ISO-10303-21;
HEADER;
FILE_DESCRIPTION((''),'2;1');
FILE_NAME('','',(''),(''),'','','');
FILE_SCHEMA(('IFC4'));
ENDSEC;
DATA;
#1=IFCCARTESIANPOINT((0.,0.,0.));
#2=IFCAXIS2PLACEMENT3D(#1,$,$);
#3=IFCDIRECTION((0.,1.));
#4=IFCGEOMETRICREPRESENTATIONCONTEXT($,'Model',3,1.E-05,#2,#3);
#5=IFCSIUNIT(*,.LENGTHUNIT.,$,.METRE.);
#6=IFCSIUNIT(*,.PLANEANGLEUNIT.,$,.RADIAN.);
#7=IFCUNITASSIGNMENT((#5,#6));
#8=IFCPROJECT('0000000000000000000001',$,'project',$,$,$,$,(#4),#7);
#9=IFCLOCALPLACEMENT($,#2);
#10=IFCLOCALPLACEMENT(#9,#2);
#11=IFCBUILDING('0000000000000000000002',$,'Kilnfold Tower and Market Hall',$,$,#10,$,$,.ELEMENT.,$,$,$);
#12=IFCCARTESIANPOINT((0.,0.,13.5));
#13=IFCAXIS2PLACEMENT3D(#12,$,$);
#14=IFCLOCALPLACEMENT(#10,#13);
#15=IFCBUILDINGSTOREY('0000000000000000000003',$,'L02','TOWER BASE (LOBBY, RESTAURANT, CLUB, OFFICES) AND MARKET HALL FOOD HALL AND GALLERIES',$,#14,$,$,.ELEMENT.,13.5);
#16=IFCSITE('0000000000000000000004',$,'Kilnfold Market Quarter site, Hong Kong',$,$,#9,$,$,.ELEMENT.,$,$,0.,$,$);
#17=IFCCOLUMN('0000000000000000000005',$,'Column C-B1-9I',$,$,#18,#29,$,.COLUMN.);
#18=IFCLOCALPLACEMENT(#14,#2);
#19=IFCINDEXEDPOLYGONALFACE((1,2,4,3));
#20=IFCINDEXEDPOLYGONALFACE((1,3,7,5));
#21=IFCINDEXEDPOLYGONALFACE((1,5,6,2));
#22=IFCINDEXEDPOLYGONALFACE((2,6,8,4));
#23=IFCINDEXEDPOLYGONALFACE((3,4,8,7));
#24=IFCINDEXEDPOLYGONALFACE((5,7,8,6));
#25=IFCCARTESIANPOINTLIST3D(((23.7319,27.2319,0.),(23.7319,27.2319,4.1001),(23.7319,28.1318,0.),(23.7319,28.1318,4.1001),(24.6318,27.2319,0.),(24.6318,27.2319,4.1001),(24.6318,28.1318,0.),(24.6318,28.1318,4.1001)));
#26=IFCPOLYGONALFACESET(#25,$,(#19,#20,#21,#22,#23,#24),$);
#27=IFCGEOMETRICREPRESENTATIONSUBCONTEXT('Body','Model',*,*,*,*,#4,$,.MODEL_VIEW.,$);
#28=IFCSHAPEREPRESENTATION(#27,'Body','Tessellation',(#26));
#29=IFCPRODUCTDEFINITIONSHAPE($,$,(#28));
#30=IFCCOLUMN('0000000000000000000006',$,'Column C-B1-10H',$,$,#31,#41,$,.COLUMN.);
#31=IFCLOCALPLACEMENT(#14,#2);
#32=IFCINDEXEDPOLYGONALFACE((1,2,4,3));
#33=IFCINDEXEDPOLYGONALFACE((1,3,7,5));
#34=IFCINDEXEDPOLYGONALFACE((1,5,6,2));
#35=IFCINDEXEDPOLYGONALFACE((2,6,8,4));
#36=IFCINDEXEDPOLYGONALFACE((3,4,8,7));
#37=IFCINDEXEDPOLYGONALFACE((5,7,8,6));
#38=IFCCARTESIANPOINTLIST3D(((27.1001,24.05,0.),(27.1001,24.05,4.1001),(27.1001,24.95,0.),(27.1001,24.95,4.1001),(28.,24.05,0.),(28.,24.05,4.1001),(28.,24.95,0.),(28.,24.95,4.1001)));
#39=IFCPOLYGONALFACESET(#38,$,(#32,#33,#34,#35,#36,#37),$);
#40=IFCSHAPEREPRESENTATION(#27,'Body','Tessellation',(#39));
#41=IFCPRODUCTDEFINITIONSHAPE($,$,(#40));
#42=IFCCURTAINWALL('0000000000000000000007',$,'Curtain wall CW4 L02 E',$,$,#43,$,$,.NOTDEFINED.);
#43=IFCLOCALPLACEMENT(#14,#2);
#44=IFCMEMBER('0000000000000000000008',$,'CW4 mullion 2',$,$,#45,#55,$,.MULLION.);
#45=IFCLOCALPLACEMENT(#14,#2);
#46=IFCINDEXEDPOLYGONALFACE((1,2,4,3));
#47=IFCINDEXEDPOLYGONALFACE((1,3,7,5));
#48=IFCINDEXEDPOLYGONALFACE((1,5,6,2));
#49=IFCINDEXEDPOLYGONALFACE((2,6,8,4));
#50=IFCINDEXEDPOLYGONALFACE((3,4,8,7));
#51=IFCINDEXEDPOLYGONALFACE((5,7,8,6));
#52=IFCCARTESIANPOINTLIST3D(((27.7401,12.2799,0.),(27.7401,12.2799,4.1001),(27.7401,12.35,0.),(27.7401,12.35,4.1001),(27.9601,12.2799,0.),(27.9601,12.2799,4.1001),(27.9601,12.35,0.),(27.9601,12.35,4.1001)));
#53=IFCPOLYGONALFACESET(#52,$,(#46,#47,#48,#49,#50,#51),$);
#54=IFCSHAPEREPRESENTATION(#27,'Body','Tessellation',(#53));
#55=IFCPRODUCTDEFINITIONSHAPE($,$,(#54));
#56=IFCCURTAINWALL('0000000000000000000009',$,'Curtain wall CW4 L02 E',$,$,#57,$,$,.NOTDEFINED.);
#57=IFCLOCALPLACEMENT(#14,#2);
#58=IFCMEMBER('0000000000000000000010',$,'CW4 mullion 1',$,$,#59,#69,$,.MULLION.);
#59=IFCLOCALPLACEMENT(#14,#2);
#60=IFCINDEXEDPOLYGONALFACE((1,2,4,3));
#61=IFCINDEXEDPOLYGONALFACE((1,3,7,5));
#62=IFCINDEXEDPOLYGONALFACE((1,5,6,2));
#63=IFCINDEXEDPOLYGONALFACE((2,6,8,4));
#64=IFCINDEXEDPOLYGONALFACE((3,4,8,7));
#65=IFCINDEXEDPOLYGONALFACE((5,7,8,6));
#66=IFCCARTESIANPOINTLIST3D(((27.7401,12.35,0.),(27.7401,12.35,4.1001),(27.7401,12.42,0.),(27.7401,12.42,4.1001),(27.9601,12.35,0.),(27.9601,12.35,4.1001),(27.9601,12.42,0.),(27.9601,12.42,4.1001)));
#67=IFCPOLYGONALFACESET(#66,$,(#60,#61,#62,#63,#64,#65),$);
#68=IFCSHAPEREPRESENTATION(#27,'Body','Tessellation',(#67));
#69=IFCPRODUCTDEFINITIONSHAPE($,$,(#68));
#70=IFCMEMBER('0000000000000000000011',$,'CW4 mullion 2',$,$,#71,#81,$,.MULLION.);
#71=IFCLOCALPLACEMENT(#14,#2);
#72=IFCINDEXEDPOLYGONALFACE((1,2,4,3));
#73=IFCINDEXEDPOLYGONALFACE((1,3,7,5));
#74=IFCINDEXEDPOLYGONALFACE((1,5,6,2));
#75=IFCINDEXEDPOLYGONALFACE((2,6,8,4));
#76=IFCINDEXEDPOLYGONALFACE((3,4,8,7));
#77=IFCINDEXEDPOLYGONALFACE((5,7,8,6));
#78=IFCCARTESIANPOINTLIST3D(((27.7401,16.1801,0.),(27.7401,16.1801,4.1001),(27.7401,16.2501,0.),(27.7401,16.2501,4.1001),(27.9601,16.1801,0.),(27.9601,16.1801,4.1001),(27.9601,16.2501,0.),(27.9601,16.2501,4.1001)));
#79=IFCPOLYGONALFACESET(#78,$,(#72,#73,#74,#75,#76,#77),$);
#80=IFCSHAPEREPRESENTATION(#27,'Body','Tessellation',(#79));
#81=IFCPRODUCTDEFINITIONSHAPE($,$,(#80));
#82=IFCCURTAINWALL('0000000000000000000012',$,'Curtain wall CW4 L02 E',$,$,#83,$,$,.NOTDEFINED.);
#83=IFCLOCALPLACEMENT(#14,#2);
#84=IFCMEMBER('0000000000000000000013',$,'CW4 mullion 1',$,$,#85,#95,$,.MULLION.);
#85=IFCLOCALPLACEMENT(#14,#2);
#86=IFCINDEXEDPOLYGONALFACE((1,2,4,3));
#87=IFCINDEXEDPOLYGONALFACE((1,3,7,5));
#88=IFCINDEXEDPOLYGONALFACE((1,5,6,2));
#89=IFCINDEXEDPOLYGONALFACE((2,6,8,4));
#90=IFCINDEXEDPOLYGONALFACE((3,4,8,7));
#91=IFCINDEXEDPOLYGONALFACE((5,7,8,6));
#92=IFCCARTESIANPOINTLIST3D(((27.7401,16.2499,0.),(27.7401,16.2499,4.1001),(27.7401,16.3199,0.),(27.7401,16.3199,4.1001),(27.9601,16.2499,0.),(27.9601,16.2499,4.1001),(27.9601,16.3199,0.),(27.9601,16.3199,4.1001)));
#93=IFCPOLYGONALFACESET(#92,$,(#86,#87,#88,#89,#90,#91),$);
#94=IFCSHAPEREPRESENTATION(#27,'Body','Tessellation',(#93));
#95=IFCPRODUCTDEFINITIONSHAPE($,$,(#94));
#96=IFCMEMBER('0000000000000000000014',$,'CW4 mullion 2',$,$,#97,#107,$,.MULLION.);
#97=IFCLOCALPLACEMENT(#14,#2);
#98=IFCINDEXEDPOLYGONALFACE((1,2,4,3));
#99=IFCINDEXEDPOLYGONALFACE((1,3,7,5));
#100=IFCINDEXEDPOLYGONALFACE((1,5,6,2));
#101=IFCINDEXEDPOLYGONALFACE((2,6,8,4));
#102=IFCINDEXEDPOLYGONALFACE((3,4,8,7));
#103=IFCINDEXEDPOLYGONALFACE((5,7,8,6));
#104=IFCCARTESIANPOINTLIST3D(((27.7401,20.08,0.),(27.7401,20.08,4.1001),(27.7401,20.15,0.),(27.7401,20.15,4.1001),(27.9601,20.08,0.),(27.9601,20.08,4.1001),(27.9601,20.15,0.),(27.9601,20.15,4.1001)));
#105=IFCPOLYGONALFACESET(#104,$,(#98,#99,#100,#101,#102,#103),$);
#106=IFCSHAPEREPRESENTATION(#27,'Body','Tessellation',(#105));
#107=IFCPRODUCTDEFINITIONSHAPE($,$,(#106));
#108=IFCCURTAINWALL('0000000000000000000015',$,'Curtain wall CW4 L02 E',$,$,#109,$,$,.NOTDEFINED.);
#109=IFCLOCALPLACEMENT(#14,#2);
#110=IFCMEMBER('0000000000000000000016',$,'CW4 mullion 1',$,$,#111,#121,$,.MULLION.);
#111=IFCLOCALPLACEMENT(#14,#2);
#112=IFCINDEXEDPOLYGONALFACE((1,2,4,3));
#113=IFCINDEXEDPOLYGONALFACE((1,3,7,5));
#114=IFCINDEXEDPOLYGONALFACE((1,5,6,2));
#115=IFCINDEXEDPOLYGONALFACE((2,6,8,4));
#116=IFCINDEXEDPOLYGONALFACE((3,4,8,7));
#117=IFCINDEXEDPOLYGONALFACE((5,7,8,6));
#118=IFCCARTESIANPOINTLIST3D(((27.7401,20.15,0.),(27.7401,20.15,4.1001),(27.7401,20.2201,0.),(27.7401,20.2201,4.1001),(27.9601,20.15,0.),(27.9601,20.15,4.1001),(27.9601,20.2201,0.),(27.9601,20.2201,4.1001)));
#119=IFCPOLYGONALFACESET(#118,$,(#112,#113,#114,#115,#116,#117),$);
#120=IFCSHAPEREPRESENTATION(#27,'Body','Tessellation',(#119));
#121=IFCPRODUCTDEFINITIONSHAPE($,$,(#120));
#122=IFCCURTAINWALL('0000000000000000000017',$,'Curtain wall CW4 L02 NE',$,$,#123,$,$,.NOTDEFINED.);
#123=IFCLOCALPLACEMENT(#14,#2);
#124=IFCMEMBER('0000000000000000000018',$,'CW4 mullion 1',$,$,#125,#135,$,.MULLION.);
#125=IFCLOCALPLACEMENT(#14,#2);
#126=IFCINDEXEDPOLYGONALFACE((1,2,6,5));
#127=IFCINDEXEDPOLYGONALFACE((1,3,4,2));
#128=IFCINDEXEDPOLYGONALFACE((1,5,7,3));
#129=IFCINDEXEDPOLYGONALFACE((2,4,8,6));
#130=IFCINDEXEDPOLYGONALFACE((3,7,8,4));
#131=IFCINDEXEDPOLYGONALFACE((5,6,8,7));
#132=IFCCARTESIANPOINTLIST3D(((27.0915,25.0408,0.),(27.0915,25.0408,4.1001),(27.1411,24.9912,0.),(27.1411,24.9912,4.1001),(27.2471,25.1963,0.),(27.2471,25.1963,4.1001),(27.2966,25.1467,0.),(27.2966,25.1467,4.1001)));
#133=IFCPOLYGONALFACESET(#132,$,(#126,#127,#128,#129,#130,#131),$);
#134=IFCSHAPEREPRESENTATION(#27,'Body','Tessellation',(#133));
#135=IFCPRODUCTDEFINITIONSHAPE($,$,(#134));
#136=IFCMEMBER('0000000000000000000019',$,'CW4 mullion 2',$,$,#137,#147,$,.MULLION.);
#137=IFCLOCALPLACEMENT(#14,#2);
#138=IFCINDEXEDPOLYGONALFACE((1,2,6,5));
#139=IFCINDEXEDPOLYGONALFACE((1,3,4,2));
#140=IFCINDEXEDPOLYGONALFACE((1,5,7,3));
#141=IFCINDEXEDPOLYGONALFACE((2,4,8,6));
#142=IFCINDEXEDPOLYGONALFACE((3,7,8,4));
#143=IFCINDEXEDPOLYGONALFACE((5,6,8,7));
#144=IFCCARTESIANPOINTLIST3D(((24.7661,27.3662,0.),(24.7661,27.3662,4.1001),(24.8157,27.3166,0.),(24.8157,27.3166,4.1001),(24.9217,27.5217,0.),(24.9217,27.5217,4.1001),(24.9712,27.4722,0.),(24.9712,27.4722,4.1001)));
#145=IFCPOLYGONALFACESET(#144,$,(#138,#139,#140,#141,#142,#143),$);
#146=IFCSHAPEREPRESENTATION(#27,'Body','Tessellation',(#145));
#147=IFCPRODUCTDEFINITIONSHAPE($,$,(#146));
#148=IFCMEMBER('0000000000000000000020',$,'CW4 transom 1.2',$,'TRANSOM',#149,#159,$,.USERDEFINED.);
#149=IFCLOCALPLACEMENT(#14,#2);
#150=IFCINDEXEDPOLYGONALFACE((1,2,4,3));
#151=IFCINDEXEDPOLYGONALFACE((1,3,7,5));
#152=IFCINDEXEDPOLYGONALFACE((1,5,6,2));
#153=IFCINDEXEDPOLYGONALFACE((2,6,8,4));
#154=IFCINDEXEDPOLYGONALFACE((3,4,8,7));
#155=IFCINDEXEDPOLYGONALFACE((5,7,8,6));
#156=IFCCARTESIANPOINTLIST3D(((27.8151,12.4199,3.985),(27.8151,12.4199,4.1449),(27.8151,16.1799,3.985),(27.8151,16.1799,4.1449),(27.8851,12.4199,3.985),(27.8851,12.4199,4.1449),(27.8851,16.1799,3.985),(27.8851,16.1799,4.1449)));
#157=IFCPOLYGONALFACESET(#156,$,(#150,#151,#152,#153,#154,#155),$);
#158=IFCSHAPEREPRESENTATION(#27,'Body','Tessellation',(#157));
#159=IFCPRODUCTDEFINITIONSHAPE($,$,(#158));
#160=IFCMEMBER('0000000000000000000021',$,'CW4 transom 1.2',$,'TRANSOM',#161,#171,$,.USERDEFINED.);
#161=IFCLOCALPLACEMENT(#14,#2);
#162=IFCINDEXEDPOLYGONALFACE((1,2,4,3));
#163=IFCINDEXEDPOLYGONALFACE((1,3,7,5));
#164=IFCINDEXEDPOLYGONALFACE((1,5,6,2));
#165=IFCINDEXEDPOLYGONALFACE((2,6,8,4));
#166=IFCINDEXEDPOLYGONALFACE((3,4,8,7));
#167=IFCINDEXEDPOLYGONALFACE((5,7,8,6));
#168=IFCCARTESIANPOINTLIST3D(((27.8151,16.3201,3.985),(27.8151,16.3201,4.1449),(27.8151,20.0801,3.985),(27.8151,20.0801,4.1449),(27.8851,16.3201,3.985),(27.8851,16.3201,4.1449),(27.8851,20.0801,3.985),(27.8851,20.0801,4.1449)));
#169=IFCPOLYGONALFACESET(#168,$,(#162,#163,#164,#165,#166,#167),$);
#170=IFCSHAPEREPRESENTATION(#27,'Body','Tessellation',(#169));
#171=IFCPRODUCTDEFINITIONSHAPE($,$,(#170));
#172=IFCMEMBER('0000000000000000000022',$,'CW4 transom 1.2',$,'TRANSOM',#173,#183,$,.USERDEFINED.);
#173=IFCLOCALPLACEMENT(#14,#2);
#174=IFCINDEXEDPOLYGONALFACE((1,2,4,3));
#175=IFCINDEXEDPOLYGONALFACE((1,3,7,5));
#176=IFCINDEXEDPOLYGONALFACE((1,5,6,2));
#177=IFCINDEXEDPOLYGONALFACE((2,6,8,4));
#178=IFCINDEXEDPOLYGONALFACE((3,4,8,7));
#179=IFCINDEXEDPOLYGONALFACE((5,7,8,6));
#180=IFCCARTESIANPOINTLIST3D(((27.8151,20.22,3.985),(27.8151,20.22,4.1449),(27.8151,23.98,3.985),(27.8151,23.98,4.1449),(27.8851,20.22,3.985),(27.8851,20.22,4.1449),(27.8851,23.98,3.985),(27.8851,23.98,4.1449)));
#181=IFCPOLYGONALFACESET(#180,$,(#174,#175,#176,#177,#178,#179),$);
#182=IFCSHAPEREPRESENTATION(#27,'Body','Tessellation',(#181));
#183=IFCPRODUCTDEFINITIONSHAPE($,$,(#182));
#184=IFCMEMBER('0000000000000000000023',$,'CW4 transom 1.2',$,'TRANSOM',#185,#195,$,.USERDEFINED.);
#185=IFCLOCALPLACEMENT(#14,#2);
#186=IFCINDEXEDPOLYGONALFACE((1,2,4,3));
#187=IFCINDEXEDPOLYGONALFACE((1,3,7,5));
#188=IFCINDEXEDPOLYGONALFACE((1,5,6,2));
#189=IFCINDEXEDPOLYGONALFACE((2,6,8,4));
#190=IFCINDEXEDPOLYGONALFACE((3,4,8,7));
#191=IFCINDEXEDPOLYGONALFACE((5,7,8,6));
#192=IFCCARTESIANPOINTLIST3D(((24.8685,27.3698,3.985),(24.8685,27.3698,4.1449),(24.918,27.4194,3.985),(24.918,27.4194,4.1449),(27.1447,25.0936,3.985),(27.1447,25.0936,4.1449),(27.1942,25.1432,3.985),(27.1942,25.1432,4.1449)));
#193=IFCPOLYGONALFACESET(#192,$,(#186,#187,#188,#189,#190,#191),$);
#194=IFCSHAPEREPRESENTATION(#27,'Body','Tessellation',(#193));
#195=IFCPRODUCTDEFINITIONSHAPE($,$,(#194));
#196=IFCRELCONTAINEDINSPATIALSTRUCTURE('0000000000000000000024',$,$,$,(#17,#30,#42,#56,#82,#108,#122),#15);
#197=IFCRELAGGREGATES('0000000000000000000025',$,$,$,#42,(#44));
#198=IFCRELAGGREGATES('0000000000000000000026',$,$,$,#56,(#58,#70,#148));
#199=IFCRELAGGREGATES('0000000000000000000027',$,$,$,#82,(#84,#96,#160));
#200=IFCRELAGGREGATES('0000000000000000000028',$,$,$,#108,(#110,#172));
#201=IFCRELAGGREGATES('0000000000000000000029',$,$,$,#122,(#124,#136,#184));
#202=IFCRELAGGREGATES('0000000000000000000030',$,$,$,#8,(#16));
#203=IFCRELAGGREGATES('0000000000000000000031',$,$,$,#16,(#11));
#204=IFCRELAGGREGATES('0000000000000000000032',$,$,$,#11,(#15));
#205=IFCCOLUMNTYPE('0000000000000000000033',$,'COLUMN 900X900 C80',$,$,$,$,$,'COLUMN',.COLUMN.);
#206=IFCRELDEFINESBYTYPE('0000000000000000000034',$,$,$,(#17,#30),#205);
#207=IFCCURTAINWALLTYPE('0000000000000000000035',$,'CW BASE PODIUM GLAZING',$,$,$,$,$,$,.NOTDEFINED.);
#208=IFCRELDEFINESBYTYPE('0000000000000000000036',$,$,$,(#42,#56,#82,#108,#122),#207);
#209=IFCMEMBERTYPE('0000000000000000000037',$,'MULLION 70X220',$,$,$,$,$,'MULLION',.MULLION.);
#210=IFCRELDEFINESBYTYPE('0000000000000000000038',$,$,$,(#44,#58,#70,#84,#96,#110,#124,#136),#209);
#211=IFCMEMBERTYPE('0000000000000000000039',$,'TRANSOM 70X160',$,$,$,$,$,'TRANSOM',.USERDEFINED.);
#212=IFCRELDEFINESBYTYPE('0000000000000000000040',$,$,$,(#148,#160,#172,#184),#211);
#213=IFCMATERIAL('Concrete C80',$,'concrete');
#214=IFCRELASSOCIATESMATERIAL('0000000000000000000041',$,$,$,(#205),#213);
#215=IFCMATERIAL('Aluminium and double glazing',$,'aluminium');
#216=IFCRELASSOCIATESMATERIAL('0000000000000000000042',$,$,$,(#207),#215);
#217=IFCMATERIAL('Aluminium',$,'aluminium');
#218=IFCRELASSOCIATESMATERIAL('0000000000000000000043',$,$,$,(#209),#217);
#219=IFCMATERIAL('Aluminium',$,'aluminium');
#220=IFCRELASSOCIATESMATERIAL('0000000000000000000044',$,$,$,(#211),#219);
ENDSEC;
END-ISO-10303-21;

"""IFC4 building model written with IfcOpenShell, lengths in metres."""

from ifc_helpers import new_model, si_unit, direction, frame, origin, origin_2d, place, context, subcontext, project, spatial, rectangle, extrude, source, transform, mapped, material, material_profile, profile_set, type_object, element, aggregate, save


model = new_model("IFC4")

# Units and contexts
model_context = context("Model", 3, precision=1e-05, world=origin(), true_north=direction((0.0, 1.0)))
body_context = subcontext(model_context, "Body", "Model", "MODEL_VIEW")
ifc_project = project(units=[si_unit("LENGTHUNIT", "METRE"), si_unit("PLANEANGLEUNIT", "RADIAN")], contexts=[model_context])

# Site, building, storey
site_placement = place(None, origin())
site = spatial("IfcSite", under=ifc_project, at=site_placement, Name="Kilnfold Market Quarter site, Hong Kong", CompositionType="ELEMENT", RefElevation=0.0)
building_placement = place(site_placement, origin())
building = spatial("IfcBuilding", under=site, at=building_placement, Name="Kilnfold Tower and Market Hall", CompositionType="ELEMENT")
storey_placement = place(building_placement, frame((0.0, 0.0, 13.5)))
storey = spatial("IfcBuildingStorey", under=building, at=storey_placement, Name="L02", Description="TOWER BASE (LOBBY, RESTAURANT, CLUB, OFFICES) AND MARKET HALL FOOD HALL AND GALLERIES", CompositionType="ELEMENT", Elevation=13.5)

# Columns
ifc_material_1 = material(Name="Concrete C80", Category="concrete")
ifc_material_profile_1 = material_profile(ifc_material_1, rectangle(XDim=0.8999, YDim=0.8999, at=origin_2d()), Name="RC 900x900")
ifc_profile_set_1 = profile_set([ifc_material_profile_1], Name="Concrete C80")
column_type = type_object("IfcColumnType", Name="COLUMN 900X900 C80", ElementType="COLUMN", PredefinedType="COLUMN", material=ifc_profile_set_1)
shared_shape_1 = source(origin(), body_context, "Body", "SweptSolid", [
    extrude(rectangle(XDim=0.8999, YDim=0.8999, at=origin_2d()), origin(), (0.0, 0.0, 1.0), 4.1001),
])
for number, where, z_axis, x_axis, name in (
    (1, (24.1819, 27.6819, 0.0), (0.0, 0.0, 1.0), (1.0, 0.0, 0.0), "Column C-B1-9I"),
    (2, (27.55, 24.5, 0.0), (0.0, 0.0, 1.0), (1.0, 0.0, 0.0), "Column C-B1-10H"),
):
    element("IfcColumn", number, at=place(storey_placement, frame(where, z_axis=z_axis, x_axis=x_axis)), inside=storey, type_object=column_type, Name=name, PredefinedType="COLUMN", context=body_context, shape_type="MappedRepresentation", body=[
        mapped(shared_shape_1, transform((0.0, 0.0, 0.0))),
    ])

# Curtain wall, member
ifc_material_2 = material(Name="Aluminium and double glazing", Category="aluminium")
curtain_wall_type = type_object("IfcCurtainWallType", Name="CW BASE PODIUM GLAZING", PredefinedType="NOTDEFINED", material=ifc_material_2)
curtain_wall_1_placement = place(storey_placement, origin())
curtain_wall_1 = element("IfcCurtainWall", 3, at=curtain_wall_1_placement, inside=storey, type_object=curtain_wall_type, Name="Curtain wall CW4 L02 E", PredefinedType="NOTDEFINED")
ifc_material_3 = material(Name="Aluminium", Category="aluminium")
ifc_material_profile_2 = material_profile(ifc_material_3, rectangle(XDim=0.0701, YDim=0.22, at=origin_2d()), Name="MULLION 70x220")
ifc_profile_set_2 = profile_set([ifc_material_profile_2], Name="Aluminium")
member_type_1 = type_object("IfcMemberType", Name="MULLION 70X220", ElementType="MULLION", PredefinedType="MULLION", material=ifc_profile_set_2)
shared_shape_2 = source(origin(), body_context, "Body", "SweptSolid", [
    extrude(rectangle(XDim=0.0701, YDim=0.22, at=origin_2d()), origin(), (0.0, 0.0, 1.0), 4.1001),
])
member_1_placement = place(storey_placement, frame((27.8501, 12.3149, 0.0), z_axis=(0.0, 0.0, 1.0), x_axis=(0.0, 1.0, 0.0)))
member_1 = element("IfcMember", 4, at=member_1_placement, type_object=member_type_1, Name="CW4 mullion 2", PredefinedType="MULLION", context=body_context, shape_type="MappedRepresentation", body=[
    mapped(shared_shape_2, transform((0.0, 0.0, 0.0))),
])

# Curtain walls, members
curtain_wall_2_placement = place(storey_placement, origin())
curtain_wall_2 = element("IfcCurtainWall", 5, at=curtain_wall_2_placement, inside=storey, type_object=curtain_wall_type, Name="Curtain wall CW4 L02 E", PredefinedType="NOTDEFINED")
member_2_placement = place(storey_placement, frame((27.8501, 12.385, 0.0), z_axis=(0.0, 0.0, 1.0), x_axis=(0.0, 1.0, 0.0)))
member_2 = element("IfcMember", 6, at=member_2_placement, type_object=member_type_1, Name="CW4 mullion 1", PredefinedType="MULLION", context=body_context, shape_type="MappedRepresentation", body=[
    mapped(shared_shape_2, transform((0.0, 0.0, 0.0))),
])
member_3_placement = place(storey_placement, frame((27.8501, 16.2151, 0.0), z_axis=(0.0, 0.0, 1.0), x_axis=(0.0, 1.0, 0.0)))
member_3 = element("IfcMember", 7, at=member_3_placement, type_object=member_type_1, Name="CW4 mullion 2", PredefinedType="MULLION", context=body_context, shape_type="MappedRepresentation", body=[
    mapped(shared_shape_2, transform((0.0, 0.0, 0.0))),
])
curtain_wall_3_placement = place(storey_placement, origin())
curtain_wall_3 = element("IfcCurtainWall", 8, at=curtain_wall_3_placement, inside=storey, type_object=curtain_wall_type, Name="Curtain wall CW4 L02 E", PredefinedType="NOTDEFINED")
member_4_placement = place(storey_placement, frame((27.8501, 16.2849, 0.0), z_axis=(0.0, 0.0, 1.0), x_axis=(0.0, 1.0, 0.0)))
member_4 = element("IfcMember", 9, at=member_4_placement, type_object=member_type_1, Name="CW4 mullion 1", PredefinedType="MULLION", context=body_context, shape_type="MappedRepresentation", body=[
    mapped(shared_shape_2, transform((0.0, 0.0, 0.0))),
])
member_5_placement = place(storey_placement, frame((27.8501, 20.115, 0.0), z_axis=(0.0, 0.0, 1.0), x_axis=(0.0, 1.0, 0.0)))
member_5 = element("IfcMember", 10, at=member_5_placement, type_object=member_type_1, Name="CW4 mullion 2", PredefinedType="MULLION", context=body_context, shape_type="MappedRepresentation", body=[
    mapped(shared_shape_2, transform((0.0, 0.0, 0.0))),
])

# Curtain wall, member
curtain_wall_4_placement = place(storey_placement, origin())
curtain_wall_4 = element("IfcCurtainWall", 11, at=curtain_wall_4_placement, inside=storey, type_object=curtain_wall_type, Name="Curtain wall CW4 L02 E", PredefinedType="NOTDEFINED")
member_6_placement = place(storey_placement, frame((27.8501, 20.1851, 0.0), z_axis=(0.0, 0.0, 1.0), x_axis=(0.0, 1.0, 0.0)))
member_6 = element("IfcMember", 12, at=member_6_placement, type_object=member_type_1, Name="CW4 mullion 1", PredefinedType="MULLION", context=body_context, shape_type="MappedRepresentation", body=[
    mapped(shared_shape_2, transform((0.0, 0.0, 0.0))),
])

# Curtain wall, members
curtain_wall_5_placement = place(storey_placement, origin())
curtain_wall_5 = element("IfcCurtainWall", 13, at=curtain_wall_5_placement, inside=storey, type_object=curtain_wall_type, Name="Curtain wall CW4 L02 NE", PredefinedType="NOTDEFINED")
member_7_placement = place(storey_placement, frame((27.1941, 25.0938, 0.0), z_axis=(0.0, 0.0, 1.0), x_axis=(-0.707092, 0.707122, 0.0)))
member_7 = element("IfcMember", 14, at=member_7_placement, type_object=member_type_1, Name="CW4 mullion 1", PredefinedType="MULLION", context=body_context, shape_type="MappedRepresentation", body=[
    mapped(shared_shape_2, transform((0.0, 0.0, 0.0))),
])
member_8_placement = place(storey_placement, frame((24.8687, 27.4192, 0.0), z_axis=(0.0, 0.0, 1.0), x_axis=(-0.707092, 0.707122, 0.0)))
member_8 = element("IfcMember", 15, at=member_8_placement, type_object=member_type_1, Name="CW4 mullion 2", PredefinedType="MULLION", context=body_context, shape_type="MappedRepresentation", body=[
    mapped(shared_shape_2, transform((0.0, 0.0, 0.0))),
])

# Members
ifc_material_4 = material(Name="Aluminium", Category="aluminium")
ifc_material_profile_3 = material_profile(ifc_material_4, rectangle(XDim=0.0701, YDim=0.1599, at=origin_2d()), Name="TRANSOM 70x160")
ifc_profile_set_3 = profile_set([ifc_material_profile_3], Name="Aluminium")
member_type_2 = type_object("IfcMemberType", Name="TRANSOM 70X160", ElementType="TRANSOM", PredefinedType="USERDEFINED", material=ifc_profile_set_3)
shared_shape_3 = source(origin(), body_context, "Body", "SweptSolid", [
    extrude(rectangle(XDim=0.0701, YDim=0.1599, at=origin_2d()), origin(), (0.0, 0.0, 1.0), 3.76),
])
member_9_placement = place(storey_placement, frame((27.8501, 12.4199, 4.0649), z_axis=(0.0, 1.0, 0.0), x_axis=(-1.0, 0.0, 0.0)))
member_9 = element("IfcMember", 16, at=member_9_placement, type_object=member_type_2, Name="CW4 transom 1.2", ObjectType="TRANSOM", PredefinedType="USERDEFINED", context=body_context, shape_type="MappedRepresentation", body=[
    mapped(shared_shape_3, transform((0.0, 0.0, 0.0))),
])
member_10_placement = place(storey_placement, frame((27.8501, 16.3201, 4.0649), z_axis=(0.0, 1.0, 0.0), x_axis=(-1.0, 0.0, 0.0)))
member_10 = element("IfcMember", 17, at=member_10_placement, type_object=member_type_2, Name="CW4 transom 1.2", ObjectType="TRANSOM", PredefinedType="USERDEFINED", context=body_context, shape_type="MappedRepresentation", body=[
    mapped(shared_shape_3, transform((0.0, 0.0, 0.0))),
])
member_11_placement = place(storey_placement, frame((27.8501, 20.22, 4.0649), z_axis=(0.0, 1.0, 0.0), x_axis=(-1.0, 0.0, 0.0)))
member_11 = element("IfcMember", 18, at=member_11_placement, type_object=member_type_2, Name="CW4 transom 1.2", ObjectType="TRANSOM", PredefinedType="USERDEFINED", context=body_context, shape_type="MappedRepresentation", body=[
    mapped(shared_shape_3, transform((0.0, 0.0, 0.0))),
])
shared_shape_4 = source(origin(), body_context, "Body", "SweptSolid", [
    extrude(rectangle(XDim=0.0701, YDim=0.1599, at=origin_2d()), origin(), (0.0, 0.0, 1.0), 3.219),
])
member_12_placement = place(storey_placement, frame((27.1694, 25.1184, 4.0649), z_axis=(-0.707107, 0.707107, 0.0), x_axis=(-0.707107, -0.707107, 0.0)))
member_12 = element("IfcMember", 19, at=member_12_placement, type_object=member_type_2, Name="CW4 transom 1.2", ObjectType="TRANSOM", PredefinedType="USERDEFINED", context=body_context, shape_type="MappedRepresentation", body=[
    mapped(shared_shape_4, transform((0.0, 0.0, 0.0))),
])

aggregate(curtain_wall_1, [member_1])
aggregate(curtain_wall_2, [member_2, member_3, member_9])
aggregate(curtain_wall_3, [member_4, member_5, member_10])
aggregate(curtain_wall_4, [member_6, member_11])
aggregate(curtain_wall_5, [member_7, member_8, member_12])

save(model, "model.ifc")
